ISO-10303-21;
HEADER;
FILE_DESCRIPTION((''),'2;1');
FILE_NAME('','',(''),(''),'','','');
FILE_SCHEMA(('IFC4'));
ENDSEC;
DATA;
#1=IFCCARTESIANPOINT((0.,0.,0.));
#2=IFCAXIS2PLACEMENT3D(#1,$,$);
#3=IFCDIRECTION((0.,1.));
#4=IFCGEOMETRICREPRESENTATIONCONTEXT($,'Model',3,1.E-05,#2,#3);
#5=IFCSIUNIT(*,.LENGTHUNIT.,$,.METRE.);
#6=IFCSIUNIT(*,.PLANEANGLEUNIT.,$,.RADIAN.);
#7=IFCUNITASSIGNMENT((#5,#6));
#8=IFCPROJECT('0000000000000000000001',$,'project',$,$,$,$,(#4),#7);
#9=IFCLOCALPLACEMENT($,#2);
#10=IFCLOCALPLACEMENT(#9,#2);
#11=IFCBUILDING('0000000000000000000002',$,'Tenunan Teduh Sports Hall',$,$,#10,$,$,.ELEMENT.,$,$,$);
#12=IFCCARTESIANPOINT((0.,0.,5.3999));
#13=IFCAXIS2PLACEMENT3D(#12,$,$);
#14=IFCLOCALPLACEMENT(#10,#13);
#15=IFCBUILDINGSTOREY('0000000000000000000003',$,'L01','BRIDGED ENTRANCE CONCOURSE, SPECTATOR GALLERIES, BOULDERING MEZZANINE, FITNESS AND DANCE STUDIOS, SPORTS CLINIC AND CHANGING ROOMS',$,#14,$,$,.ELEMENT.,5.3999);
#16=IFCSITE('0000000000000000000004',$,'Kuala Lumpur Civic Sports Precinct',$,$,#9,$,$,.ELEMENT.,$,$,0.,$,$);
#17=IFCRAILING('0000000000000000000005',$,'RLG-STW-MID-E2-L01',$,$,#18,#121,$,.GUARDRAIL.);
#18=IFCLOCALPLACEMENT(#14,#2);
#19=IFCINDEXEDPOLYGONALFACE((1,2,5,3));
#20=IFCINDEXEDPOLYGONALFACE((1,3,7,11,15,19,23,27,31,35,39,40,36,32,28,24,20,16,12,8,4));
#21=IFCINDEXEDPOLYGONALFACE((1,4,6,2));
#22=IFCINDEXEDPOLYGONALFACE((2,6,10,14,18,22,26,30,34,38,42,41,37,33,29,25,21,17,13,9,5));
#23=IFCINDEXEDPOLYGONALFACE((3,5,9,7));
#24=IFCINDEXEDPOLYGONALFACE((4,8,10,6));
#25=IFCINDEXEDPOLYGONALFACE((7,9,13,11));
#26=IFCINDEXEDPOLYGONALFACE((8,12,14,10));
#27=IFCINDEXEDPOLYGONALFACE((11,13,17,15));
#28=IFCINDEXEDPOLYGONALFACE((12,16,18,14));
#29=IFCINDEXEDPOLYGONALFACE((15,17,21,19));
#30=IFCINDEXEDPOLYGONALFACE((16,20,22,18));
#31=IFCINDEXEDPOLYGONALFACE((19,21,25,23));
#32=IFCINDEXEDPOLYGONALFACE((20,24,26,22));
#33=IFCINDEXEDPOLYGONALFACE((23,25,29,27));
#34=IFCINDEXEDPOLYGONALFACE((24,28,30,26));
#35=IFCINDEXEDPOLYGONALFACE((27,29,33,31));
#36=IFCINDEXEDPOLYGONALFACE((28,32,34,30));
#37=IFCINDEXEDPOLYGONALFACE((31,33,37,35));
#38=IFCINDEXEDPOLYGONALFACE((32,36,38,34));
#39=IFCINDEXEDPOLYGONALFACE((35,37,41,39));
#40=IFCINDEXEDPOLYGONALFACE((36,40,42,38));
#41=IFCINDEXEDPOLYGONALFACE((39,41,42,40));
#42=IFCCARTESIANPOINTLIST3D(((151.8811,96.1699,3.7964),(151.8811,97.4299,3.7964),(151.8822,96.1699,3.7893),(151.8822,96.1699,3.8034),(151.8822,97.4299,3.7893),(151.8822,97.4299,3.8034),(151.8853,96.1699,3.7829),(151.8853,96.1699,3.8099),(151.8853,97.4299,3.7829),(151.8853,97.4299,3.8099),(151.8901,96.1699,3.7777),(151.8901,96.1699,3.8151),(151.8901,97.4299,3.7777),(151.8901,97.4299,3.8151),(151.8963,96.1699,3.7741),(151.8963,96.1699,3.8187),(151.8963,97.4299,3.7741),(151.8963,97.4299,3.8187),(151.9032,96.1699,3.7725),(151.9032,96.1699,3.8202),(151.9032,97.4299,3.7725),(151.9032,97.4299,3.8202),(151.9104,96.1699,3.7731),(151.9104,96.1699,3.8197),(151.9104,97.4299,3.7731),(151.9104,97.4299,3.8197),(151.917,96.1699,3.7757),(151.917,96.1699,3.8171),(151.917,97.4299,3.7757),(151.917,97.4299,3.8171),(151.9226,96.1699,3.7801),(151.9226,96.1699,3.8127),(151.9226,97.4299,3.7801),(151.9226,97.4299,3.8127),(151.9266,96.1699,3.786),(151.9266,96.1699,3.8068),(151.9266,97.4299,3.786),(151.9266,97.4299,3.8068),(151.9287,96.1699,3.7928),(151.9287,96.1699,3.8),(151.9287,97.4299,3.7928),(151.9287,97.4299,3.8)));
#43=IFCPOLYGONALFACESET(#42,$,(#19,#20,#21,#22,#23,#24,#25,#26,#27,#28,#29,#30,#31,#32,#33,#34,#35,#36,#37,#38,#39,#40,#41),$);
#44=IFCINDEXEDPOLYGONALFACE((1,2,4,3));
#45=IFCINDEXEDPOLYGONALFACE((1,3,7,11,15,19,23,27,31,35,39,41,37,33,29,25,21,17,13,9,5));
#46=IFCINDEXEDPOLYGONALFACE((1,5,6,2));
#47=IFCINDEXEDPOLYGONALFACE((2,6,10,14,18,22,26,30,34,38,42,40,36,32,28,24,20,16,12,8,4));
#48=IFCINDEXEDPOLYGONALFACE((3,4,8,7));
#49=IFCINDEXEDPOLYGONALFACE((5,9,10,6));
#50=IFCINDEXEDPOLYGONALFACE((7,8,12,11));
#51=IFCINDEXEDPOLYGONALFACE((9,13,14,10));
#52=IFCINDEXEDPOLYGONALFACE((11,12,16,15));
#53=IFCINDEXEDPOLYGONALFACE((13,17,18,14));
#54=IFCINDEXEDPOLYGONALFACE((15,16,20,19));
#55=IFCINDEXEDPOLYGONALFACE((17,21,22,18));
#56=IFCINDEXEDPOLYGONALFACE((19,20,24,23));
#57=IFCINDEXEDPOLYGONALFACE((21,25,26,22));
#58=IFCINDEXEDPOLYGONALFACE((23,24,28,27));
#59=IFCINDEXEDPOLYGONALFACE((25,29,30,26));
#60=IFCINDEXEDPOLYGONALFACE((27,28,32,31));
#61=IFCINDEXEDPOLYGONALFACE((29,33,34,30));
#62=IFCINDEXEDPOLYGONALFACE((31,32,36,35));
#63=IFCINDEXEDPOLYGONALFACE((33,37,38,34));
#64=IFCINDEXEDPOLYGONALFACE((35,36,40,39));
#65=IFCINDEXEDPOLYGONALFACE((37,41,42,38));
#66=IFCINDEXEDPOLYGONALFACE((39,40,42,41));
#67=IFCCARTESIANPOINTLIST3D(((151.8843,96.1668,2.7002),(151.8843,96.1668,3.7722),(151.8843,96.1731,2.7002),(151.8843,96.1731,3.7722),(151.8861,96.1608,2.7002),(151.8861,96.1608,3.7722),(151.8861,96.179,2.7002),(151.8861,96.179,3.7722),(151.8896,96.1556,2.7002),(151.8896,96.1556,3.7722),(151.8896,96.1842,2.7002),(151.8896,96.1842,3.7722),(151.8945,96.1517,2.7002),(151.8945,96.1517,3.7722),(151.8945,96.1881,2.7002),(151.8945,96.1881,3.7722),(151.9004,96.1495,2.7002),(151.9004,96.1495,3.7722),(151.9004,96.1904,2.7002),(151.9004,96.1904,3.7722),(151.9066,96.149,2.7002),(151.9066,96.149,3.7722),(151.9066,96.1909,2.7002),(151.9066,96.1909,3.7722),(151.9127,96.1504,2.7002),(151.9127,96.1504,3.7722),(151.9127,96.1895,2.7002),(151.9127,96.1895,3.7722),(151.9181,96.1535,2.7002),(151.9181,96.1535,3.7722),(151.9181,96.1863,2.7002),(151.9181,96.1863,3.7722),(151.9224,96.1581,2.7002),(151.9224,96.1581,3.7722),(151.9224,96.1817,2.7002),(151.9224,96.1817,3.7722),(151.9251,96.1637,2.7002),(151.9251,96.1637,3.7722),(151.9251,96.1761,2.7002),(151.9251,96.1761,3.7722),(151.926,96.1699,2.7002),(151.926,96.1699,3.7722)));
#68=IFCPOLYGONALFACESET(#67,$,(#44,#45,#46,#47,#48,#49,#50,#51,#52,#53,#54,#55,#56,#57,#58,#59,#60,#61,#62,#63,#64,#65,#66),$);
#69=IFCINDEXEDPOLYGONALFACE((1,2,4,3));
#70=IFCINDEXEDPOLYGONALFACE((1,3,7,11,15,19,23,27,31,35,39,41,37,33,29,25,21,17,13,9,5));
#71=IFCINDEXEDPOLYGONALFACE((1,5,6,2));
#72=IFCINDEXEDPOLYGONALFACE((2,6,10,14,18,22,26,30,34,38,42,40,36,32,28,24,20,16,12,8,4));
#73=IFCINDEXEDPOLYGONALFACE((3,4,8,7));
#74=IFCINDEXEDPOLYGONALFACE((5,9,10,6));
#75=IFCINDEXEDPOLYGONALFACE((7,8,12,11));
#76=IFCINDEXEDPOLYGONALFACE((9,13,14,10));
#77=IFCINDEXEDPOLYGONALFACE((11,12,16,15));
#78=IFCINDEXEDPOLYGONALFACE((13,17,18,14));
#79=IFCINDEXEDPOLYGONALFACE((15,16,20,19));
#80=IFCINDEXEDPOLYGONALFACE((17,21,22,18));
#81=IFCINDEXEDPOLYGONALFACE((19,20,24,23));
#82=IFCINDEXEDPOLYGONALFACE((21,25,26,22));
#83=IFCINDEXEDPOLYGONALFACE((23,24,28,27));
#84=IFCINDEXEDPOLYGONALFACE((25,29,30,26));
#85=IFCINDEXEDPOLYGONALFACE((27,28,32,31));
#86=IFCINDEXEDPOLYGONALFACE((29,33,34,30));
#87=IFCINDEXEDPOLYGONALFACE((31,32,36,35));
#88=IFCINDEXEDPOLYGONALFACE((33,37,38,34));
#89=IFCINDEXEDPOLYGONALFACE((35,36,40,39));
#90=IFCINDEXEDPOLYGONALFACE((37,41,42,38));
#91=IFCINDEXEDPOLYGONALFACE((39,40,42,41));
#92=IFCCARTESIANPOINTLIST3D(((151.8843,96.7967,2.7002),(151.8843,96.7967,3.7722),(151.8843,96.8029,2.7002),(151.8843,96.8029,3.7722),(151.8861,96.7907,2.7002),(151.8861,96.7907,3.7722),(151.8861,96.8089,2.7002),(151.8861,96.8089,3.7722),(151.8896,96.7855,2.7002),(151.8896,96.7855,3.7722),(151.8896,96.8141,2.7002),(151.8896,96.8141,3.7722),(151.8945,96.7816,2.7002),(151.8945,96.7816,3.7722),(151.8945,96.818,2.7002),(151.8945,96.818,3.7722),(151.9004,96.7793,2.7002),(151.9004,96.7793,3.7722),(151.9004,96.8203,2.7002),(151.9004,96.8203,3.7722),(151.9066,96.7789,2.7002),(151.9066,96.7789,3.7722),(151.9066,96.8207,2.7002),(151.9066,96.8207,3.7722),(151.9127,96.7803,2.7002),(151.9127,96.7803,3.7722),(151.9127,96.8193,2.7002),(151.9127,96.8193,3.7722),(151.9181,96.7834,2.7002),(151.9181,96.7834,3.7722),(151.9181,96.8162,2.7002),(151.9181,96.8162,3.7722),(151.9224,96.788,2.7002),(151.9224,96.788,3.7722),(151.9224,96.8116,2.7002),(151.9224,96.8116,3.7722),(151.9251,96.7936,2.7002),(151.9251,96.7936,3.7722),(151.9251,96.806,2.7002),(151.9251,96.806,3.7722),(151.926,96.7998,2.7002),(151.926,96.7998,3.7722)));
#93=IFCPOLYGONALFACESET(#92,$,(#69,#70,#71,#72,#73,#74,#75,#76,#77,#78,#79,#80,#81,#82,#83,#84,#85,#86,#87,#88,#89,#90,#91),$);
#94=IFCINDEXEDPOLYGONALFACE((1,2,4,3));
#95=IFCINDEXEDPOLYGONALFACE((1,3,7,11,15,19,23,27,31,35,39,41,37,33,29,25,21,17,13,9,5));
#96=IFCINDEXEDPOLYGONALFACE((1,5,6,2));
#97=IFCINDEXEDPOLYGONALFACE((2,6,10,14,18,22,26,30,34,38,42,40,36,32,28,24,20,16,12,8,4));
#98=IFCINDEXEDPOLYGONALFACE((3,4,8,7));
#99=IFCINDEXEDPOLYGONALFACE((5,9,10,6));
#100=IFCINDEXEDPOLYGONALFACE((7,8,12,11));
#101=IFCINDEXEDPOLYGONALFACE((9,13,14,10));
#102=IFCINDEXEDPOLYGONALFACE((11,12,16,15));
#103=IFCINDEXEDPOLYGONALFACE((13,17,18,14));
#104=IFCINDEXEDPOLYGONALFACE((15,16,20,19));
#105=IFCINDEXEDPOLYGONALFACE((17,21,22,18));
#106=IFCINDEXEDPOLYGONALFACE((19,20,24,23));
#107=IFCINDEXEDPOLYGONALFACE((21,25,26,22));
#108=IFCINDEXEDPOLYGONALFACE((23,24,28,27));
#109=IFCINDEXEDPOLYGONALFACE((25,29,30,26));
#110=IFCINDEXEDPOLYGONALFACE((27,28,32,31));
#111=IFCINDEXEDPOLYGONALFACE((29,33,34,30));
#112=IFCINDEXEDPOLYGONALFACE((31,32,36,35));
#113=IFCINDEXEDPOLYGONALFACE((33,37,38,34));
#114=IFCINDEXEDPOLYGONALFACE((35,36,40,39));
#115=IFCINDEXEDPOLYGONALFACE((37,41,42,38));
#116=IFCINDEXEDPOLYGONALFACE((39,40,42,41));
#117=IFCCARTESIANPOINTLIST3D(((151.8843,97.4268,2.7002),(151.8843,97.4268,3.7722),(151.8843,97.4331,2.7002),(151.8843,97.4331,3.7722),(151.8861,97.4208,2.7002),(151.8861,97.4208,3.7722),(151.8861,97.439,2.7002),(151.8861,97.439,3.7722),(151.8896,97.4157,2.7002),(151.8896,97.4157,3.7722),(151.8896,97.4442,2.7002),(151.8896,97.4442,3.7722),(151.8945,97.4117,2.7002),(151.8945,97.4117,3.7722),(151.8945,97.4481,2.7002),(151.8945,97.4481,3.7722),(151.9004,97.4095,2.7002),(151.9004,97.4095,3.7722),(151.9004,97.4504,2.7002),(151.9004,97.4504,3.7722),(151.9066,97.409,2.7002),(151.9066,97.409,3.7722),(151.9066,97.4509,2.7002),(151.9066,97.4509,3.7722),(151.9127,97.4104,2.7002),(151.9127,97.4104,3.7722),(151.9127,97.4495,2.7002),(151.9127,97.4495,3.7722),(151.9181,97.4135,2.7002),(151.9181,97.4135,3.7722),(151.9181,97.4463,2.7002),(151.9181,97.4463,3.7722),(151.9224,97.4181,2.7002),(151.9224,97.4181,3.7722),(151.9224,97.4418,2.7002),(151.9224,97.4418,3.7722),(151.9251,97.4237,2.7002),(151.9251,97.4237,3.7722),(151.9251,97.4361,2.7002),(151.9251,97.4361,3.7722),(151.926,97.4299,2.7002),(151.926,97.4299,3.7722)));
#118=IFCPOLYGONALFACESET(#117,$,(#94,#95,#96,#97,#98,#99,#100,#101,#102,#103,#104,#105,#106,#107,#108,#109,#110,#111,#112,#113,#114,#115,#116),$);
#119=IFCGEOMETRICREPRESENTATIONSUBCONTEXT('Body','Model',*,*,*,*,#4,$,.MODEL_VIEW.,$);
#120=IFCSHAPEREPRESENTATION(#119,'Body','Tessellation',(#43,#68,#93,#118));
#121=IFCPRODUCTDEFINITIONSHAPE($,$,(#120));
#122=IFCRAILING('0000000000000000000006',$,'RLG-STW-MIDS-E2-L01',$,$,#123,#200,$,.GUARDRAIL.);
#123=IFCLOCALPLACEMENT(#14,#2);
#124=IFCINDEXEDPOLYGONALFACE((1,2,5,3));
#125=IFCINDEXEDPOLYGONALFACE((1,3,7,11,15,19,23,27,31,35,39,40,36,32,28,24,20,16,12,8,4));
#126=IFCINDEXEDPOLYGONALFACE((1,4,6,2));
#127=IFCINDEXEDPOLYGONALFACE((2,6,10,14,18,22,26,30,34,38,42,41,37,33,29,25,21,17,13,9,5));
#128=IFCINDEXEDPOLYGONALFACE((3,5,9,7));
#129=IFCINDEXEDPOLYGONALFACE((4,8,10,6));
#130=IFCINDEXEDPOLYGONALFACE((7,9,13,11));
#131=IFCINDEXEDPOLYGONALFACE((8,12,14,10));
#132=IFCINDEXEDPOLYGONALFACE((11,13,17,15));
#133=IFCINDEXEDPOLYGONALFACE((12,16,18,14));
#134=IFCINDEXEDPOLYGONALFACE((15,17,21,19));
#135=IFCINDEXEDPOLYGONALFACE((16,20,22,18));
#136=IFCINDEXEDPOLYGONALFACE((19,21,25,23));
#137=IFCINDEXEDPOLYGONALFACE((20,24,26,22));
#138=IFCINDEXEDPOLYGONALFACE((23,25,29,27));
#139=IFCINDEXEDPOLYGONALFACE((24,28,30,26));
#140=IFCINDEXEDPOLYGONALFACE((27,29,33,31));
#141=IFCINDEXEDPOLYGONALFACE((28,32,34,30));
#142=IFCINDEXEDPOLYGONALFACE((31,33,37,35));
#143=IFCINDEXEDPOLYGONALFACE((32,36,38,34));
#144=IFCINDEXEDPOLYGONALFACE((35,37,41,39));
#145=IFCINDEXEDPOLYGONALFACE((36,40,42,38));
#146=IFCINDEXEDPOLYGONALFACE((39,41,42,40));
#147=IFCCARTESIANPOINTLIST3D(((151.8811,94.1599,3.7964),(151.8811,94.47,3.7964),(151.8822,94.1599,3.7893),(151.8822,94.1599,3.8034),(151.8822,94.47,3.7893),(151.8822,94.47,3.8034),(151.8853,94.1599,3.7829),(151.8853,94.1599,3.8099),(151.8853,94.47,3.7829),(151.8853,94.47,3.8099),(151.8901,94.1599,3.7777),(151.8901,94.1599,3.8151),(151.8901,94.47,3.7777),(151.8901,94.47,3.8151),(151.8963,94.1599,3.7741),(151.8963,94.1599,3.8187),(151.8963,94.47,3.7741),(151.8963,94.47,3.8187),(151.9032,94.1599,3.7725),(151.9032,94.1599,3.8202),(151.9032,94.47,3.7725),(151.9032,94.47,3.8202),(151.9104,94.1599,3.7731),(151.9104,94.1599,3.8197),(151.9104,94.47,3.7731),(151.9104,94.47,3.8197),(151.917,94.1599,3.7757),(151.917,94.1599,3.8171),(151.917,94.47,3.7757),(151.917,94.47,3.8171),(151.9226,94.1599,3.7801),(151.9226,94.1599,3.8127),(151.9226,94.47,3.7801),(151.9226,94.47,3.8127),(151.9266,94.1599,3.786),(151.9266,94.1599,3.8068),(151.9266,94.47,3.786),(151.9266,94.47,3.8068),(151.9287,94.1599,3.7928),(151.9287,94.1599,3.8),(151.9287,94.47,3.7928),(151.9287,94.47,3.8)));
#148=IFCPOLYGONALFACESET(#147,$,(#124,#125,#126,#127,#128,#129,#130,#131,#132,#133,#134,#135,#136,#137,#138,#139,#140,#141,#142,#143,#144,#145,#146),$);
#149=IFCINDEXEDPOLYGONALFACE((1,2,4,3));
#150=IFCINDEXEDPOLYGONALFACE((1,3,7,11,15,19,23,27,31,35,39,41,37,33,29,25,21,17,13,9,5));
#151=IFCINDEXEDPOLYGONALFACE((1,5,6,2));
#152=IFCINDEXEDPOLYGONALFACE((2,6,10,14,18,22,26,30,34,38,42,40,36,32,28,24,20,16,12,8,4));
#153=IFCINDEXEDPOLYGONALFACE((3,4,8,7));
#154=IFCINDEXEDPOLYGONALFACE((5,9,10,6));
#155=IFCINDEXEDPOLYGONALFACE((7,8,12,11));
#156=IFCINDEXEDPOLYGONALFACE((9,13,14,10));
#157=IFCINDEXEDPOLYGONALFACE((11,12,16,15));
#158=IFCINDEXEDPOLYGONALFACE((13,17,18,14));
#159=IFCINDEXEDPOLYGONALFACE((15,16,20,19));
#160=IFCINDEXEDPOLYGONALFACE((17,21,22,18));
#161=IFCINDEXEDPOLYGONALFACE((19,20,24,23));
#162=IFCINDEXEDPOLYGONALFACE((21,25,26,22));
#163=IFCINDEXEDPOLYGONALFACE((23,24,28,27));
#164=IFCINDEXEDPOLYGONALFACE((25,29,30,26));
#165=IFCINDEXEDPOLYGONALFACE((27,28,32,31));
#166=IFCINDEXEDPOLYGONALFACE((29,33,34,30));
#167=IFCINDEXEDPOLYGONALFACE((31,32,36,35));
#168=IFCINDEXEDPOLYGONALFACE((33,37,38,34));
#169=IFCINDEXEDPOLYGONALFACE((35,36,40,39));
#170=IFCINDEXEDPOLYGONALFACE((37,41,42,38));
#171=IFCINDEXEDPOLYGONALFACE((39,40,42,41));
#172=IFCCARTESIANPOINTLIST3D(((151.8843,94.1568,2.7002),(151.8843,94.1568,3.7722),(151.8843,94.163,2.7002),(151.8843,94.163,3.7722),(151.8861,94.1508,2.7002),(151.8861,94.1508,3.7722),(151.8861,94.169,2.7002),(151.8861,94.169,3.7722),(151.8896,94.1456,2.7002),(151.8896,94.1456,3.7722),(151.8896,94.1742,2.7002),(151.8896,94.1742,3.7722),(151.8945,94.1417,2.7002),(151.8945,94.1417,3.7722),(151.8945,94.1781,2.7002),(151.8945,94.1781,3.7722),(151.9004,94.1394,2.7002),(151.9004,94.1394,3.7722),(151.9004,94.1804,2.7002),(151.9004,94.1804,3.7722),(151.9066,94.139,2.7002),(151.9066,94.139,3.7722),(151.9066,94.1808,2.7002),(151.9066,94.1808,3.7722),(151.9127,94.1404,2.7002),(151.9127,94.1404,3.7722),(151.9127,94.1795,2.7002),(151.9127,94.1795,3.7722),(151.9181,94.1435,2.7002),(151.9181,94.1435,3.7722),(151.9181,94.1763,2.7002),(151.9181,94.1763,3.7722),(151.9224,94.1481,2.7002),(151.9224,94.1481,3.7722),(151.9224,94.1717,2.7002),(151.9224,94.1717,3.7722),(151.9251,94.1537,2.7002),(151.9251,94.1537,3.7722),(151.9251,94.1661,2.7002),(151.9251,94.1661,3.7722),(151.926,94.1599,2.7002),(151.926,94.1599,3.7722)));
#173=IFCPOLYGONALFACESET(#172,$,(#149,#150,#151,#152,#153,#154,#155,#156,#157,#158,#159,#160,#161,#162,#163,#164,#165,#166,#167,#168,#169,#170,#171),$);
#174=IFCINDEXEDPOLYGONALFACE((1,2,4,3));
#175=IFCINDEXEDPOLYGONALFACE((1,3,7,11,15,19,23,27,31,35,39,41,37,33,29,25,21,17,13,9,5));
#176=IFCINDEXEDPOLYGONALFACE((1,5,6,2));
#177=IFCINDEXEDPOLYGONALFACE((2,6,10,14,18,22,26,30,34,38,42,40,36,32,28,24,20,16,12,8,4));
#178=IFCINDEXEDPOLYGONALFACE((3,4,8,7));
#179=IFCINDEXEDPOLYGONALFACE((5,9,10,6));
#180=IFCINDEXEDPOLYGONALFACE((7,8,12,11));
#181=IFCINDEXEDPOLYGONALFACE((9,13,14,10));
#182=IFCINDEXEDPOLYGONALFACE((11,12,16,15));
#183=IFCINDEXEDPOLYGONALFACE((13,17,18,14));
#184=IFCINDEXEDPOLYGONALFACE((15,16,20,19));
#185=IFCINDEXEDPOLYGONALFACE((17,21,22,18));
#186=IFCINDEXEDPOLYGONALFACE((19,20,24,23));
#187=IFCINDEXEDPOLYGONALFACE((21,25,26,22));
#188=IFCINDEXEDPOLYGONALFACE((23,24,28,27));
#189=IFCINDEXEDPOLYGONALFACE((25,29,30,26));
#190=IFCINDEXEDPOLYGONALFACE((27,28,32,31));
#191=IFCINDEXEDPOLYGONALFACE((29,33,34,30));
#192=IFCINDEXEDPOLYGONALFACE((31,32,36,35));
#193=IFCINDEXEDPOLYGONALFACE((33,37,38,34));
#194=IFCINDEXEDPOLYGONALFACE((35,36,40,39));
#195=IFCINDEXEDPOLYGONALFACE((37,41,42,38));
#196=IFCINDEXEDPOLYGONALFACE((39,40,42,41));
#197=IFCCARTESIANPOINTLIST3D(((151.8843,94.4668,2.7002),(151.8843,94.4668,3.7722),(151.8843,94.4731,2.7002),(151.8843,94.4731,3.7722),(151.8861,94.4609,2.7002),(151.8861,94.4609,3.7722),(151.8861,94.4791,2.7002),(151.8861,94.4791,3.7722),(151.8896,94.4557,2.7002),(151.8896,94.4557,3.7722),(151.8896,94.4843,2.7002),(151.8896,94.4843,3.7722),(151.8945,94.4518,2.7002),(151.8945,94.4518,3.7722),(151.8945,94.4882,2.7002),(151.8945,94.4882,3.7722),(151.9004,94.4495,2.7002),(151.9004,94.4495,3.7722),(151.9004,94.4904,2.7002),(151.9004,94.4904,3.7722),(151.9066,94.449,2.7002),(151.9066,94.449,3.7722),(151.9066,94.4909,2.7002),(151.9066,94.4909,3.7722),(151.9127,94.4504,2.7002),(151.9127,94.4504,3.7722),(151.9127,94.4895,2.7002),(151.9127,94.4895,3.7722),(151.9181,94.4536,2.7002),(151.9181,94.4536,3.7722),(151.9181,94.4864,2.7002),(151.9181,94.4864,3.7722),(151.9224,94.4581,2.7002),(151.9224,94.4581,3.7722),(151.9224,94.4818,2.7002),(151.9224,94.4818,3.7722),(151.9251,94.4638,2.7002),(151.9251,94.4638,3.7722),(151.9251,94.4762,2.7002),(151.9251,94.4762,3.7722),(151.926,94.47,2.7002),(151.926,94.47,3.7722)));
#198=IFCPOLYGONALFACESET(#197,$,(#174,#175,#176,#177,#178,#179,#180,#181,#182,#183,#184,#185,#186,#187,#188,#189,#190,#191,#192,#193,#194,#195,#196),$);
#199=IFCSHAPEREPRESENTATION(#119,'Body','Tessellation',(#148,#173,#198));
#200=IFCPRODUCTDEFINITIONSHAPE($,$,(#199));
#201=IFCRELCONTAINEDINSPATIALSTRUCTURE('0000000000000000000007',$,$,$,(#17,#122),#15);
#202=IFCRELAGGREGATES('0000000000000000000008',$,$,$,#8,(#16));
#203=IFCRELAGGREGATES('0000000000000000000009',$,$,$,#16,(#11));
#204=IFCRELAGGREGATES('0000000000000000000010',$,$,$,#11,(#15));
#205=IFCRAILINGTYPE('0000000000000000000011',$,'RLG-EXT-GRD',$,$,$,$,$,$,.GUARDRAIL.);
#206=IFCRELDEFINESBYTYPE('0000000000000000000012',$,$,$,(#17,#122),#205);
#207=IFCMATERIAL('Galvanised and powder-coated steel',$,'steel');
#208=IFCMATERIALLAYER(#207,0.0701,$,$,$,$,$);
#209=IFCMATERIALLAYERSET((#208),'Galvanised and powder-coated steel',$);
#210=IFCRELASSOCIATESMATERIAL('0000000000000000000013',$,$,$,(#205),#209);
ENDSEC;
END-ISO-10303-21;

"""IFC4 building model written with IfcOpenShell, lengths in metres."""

from ifc_helpers import new_model, si_unit, direction, frame, origin, origin_2d, place, context, subcontext, project, spatial, circle, extrude, material, layer, layer_set, type_object, element, save


model = new_model("IFC4")

# Units and contexts
model_context = context("Model", 3, precision=1e-05, world=origin(), true_north=direction((0.0, 1.0)))
body_context = subcontext(model_context, "Body", "Model", "MODEL_VIEW")
ifc_project = project(units=[si_unit("LENGTHUNIT", "METRE"), si_unit("PLANEANGLEUNIT", "RADIAN")], contexts=[model_context])

# Site, building, storey
site_placement = place(None, origin())
site = spatial("IfcSite", under=ifc_project, at=site_placement, Name="Kuala Lumpur Civic Sports Precinct", CompositionType="ELEMENT", RefElevation=0.0)
building_placement = place(site_placement, origin())
building = spatial("IfcBuilding", under=site, at=building_placement, Name="Tenunan Teduh Sports Hall", CompositionType="ELEMENT")
storey_placement = place(building_placement, frame((0.0, 0.0, 5.3999)))
storey = spatial("IfcBuildingStorey", under=building, at=storey_placement, Name="L01", Description="BRIDGED ENTRANCE CONCOURSE, SPECTATOR GALLERIES, BOULDERING MEZZANINE, FITNESS AND DANCE STUDIOS, SPORTS CLINIC AND CHANGING ROOMS", CompositionType="ELEMENT", Elevation=5.3999)

# Railings
ifc_material_1 = material(Name="Galvanised and powder-coated steel", Category="steel")
ifc_layer_1 = layer(ifc_material_1, 0.0701)
ifc_layer_set_1 = layer_set([ifc_layer_1], Name="Galvanised and powder-coated steel")
railing_type_1 = type_object("IfcRailingType", Name="RLG-EXT-GRD", PredefinedType="GUARDRAIL", material=ifc_layer_set_1)
railing_1_placement = place(storey_placement, frame((151.905, 96.1699, 2.7002)))
element("IfcRailing", 1, at=railing_1_placement, inside=storey, type_object=railing_type_1, Name="RLG-STW-MID-E2-L01", PredefinedType="GUARDRAIL", context=body_context, shape_type="SweptSolid", body=[
    extrude(circle(Radius=0.0239, at=origin_2d()), frame((0.0, 0.0, 1.0962), z_axis=(0.0, 1.0, 0.0), x_axis=(-1.0, 0.0, 0.0)), (0.0, 0.0, 1.0), 1.26),
    extrude(circle(Radius=0.021, at=origin_2d()), origin(), (0.0, 0.0, 1.0), 1.072),
    extrude(circle(Radius=0.021, at=origin_2d()), frame((0.0, 0.6299, 0.0)), (0.0, 0.0, 1.0), 1.072),
    extrude(circle(Radius=0.021, at=origin_2d()), frame((0.0, 1.26, 0.0)), (0.0, 0.0, 1.0), 1.072),
])
railing_2_placement = place(storey_placement, frame((151.905, 94.1599, 2.7002)))
element("IfcRailing", 2, at=railing_2_placement, inside=storey, type_object=railing_type_1, Name="RLG-STW-MIDS-E2-L01", PredefinedType="GUARDRAIL", context=body_context, shape_type="SweptSolid", body=[
    extrude(circle(Radius=0.0239, at=origin_2d()), frame((0.0, 0.0, 1.0962), z_axis=(0.0, 1.0, 0.0), x_axis=(-1.0, 0.0, 0.0)), (0.0, 0.0, 1.0), 0.3101),
    extrude(circle(Radius=0.021, at=origin_2d()), origin(), (0.0, 0.0, 1.0), 1.072),
    extrude(circle(Radius=0.021, at=origin_2d()), frame((0.0, 0.3101, 0.0)), (0.0, 0.0, 1.0), 1.072),
])

save(model, "model.ifc")
